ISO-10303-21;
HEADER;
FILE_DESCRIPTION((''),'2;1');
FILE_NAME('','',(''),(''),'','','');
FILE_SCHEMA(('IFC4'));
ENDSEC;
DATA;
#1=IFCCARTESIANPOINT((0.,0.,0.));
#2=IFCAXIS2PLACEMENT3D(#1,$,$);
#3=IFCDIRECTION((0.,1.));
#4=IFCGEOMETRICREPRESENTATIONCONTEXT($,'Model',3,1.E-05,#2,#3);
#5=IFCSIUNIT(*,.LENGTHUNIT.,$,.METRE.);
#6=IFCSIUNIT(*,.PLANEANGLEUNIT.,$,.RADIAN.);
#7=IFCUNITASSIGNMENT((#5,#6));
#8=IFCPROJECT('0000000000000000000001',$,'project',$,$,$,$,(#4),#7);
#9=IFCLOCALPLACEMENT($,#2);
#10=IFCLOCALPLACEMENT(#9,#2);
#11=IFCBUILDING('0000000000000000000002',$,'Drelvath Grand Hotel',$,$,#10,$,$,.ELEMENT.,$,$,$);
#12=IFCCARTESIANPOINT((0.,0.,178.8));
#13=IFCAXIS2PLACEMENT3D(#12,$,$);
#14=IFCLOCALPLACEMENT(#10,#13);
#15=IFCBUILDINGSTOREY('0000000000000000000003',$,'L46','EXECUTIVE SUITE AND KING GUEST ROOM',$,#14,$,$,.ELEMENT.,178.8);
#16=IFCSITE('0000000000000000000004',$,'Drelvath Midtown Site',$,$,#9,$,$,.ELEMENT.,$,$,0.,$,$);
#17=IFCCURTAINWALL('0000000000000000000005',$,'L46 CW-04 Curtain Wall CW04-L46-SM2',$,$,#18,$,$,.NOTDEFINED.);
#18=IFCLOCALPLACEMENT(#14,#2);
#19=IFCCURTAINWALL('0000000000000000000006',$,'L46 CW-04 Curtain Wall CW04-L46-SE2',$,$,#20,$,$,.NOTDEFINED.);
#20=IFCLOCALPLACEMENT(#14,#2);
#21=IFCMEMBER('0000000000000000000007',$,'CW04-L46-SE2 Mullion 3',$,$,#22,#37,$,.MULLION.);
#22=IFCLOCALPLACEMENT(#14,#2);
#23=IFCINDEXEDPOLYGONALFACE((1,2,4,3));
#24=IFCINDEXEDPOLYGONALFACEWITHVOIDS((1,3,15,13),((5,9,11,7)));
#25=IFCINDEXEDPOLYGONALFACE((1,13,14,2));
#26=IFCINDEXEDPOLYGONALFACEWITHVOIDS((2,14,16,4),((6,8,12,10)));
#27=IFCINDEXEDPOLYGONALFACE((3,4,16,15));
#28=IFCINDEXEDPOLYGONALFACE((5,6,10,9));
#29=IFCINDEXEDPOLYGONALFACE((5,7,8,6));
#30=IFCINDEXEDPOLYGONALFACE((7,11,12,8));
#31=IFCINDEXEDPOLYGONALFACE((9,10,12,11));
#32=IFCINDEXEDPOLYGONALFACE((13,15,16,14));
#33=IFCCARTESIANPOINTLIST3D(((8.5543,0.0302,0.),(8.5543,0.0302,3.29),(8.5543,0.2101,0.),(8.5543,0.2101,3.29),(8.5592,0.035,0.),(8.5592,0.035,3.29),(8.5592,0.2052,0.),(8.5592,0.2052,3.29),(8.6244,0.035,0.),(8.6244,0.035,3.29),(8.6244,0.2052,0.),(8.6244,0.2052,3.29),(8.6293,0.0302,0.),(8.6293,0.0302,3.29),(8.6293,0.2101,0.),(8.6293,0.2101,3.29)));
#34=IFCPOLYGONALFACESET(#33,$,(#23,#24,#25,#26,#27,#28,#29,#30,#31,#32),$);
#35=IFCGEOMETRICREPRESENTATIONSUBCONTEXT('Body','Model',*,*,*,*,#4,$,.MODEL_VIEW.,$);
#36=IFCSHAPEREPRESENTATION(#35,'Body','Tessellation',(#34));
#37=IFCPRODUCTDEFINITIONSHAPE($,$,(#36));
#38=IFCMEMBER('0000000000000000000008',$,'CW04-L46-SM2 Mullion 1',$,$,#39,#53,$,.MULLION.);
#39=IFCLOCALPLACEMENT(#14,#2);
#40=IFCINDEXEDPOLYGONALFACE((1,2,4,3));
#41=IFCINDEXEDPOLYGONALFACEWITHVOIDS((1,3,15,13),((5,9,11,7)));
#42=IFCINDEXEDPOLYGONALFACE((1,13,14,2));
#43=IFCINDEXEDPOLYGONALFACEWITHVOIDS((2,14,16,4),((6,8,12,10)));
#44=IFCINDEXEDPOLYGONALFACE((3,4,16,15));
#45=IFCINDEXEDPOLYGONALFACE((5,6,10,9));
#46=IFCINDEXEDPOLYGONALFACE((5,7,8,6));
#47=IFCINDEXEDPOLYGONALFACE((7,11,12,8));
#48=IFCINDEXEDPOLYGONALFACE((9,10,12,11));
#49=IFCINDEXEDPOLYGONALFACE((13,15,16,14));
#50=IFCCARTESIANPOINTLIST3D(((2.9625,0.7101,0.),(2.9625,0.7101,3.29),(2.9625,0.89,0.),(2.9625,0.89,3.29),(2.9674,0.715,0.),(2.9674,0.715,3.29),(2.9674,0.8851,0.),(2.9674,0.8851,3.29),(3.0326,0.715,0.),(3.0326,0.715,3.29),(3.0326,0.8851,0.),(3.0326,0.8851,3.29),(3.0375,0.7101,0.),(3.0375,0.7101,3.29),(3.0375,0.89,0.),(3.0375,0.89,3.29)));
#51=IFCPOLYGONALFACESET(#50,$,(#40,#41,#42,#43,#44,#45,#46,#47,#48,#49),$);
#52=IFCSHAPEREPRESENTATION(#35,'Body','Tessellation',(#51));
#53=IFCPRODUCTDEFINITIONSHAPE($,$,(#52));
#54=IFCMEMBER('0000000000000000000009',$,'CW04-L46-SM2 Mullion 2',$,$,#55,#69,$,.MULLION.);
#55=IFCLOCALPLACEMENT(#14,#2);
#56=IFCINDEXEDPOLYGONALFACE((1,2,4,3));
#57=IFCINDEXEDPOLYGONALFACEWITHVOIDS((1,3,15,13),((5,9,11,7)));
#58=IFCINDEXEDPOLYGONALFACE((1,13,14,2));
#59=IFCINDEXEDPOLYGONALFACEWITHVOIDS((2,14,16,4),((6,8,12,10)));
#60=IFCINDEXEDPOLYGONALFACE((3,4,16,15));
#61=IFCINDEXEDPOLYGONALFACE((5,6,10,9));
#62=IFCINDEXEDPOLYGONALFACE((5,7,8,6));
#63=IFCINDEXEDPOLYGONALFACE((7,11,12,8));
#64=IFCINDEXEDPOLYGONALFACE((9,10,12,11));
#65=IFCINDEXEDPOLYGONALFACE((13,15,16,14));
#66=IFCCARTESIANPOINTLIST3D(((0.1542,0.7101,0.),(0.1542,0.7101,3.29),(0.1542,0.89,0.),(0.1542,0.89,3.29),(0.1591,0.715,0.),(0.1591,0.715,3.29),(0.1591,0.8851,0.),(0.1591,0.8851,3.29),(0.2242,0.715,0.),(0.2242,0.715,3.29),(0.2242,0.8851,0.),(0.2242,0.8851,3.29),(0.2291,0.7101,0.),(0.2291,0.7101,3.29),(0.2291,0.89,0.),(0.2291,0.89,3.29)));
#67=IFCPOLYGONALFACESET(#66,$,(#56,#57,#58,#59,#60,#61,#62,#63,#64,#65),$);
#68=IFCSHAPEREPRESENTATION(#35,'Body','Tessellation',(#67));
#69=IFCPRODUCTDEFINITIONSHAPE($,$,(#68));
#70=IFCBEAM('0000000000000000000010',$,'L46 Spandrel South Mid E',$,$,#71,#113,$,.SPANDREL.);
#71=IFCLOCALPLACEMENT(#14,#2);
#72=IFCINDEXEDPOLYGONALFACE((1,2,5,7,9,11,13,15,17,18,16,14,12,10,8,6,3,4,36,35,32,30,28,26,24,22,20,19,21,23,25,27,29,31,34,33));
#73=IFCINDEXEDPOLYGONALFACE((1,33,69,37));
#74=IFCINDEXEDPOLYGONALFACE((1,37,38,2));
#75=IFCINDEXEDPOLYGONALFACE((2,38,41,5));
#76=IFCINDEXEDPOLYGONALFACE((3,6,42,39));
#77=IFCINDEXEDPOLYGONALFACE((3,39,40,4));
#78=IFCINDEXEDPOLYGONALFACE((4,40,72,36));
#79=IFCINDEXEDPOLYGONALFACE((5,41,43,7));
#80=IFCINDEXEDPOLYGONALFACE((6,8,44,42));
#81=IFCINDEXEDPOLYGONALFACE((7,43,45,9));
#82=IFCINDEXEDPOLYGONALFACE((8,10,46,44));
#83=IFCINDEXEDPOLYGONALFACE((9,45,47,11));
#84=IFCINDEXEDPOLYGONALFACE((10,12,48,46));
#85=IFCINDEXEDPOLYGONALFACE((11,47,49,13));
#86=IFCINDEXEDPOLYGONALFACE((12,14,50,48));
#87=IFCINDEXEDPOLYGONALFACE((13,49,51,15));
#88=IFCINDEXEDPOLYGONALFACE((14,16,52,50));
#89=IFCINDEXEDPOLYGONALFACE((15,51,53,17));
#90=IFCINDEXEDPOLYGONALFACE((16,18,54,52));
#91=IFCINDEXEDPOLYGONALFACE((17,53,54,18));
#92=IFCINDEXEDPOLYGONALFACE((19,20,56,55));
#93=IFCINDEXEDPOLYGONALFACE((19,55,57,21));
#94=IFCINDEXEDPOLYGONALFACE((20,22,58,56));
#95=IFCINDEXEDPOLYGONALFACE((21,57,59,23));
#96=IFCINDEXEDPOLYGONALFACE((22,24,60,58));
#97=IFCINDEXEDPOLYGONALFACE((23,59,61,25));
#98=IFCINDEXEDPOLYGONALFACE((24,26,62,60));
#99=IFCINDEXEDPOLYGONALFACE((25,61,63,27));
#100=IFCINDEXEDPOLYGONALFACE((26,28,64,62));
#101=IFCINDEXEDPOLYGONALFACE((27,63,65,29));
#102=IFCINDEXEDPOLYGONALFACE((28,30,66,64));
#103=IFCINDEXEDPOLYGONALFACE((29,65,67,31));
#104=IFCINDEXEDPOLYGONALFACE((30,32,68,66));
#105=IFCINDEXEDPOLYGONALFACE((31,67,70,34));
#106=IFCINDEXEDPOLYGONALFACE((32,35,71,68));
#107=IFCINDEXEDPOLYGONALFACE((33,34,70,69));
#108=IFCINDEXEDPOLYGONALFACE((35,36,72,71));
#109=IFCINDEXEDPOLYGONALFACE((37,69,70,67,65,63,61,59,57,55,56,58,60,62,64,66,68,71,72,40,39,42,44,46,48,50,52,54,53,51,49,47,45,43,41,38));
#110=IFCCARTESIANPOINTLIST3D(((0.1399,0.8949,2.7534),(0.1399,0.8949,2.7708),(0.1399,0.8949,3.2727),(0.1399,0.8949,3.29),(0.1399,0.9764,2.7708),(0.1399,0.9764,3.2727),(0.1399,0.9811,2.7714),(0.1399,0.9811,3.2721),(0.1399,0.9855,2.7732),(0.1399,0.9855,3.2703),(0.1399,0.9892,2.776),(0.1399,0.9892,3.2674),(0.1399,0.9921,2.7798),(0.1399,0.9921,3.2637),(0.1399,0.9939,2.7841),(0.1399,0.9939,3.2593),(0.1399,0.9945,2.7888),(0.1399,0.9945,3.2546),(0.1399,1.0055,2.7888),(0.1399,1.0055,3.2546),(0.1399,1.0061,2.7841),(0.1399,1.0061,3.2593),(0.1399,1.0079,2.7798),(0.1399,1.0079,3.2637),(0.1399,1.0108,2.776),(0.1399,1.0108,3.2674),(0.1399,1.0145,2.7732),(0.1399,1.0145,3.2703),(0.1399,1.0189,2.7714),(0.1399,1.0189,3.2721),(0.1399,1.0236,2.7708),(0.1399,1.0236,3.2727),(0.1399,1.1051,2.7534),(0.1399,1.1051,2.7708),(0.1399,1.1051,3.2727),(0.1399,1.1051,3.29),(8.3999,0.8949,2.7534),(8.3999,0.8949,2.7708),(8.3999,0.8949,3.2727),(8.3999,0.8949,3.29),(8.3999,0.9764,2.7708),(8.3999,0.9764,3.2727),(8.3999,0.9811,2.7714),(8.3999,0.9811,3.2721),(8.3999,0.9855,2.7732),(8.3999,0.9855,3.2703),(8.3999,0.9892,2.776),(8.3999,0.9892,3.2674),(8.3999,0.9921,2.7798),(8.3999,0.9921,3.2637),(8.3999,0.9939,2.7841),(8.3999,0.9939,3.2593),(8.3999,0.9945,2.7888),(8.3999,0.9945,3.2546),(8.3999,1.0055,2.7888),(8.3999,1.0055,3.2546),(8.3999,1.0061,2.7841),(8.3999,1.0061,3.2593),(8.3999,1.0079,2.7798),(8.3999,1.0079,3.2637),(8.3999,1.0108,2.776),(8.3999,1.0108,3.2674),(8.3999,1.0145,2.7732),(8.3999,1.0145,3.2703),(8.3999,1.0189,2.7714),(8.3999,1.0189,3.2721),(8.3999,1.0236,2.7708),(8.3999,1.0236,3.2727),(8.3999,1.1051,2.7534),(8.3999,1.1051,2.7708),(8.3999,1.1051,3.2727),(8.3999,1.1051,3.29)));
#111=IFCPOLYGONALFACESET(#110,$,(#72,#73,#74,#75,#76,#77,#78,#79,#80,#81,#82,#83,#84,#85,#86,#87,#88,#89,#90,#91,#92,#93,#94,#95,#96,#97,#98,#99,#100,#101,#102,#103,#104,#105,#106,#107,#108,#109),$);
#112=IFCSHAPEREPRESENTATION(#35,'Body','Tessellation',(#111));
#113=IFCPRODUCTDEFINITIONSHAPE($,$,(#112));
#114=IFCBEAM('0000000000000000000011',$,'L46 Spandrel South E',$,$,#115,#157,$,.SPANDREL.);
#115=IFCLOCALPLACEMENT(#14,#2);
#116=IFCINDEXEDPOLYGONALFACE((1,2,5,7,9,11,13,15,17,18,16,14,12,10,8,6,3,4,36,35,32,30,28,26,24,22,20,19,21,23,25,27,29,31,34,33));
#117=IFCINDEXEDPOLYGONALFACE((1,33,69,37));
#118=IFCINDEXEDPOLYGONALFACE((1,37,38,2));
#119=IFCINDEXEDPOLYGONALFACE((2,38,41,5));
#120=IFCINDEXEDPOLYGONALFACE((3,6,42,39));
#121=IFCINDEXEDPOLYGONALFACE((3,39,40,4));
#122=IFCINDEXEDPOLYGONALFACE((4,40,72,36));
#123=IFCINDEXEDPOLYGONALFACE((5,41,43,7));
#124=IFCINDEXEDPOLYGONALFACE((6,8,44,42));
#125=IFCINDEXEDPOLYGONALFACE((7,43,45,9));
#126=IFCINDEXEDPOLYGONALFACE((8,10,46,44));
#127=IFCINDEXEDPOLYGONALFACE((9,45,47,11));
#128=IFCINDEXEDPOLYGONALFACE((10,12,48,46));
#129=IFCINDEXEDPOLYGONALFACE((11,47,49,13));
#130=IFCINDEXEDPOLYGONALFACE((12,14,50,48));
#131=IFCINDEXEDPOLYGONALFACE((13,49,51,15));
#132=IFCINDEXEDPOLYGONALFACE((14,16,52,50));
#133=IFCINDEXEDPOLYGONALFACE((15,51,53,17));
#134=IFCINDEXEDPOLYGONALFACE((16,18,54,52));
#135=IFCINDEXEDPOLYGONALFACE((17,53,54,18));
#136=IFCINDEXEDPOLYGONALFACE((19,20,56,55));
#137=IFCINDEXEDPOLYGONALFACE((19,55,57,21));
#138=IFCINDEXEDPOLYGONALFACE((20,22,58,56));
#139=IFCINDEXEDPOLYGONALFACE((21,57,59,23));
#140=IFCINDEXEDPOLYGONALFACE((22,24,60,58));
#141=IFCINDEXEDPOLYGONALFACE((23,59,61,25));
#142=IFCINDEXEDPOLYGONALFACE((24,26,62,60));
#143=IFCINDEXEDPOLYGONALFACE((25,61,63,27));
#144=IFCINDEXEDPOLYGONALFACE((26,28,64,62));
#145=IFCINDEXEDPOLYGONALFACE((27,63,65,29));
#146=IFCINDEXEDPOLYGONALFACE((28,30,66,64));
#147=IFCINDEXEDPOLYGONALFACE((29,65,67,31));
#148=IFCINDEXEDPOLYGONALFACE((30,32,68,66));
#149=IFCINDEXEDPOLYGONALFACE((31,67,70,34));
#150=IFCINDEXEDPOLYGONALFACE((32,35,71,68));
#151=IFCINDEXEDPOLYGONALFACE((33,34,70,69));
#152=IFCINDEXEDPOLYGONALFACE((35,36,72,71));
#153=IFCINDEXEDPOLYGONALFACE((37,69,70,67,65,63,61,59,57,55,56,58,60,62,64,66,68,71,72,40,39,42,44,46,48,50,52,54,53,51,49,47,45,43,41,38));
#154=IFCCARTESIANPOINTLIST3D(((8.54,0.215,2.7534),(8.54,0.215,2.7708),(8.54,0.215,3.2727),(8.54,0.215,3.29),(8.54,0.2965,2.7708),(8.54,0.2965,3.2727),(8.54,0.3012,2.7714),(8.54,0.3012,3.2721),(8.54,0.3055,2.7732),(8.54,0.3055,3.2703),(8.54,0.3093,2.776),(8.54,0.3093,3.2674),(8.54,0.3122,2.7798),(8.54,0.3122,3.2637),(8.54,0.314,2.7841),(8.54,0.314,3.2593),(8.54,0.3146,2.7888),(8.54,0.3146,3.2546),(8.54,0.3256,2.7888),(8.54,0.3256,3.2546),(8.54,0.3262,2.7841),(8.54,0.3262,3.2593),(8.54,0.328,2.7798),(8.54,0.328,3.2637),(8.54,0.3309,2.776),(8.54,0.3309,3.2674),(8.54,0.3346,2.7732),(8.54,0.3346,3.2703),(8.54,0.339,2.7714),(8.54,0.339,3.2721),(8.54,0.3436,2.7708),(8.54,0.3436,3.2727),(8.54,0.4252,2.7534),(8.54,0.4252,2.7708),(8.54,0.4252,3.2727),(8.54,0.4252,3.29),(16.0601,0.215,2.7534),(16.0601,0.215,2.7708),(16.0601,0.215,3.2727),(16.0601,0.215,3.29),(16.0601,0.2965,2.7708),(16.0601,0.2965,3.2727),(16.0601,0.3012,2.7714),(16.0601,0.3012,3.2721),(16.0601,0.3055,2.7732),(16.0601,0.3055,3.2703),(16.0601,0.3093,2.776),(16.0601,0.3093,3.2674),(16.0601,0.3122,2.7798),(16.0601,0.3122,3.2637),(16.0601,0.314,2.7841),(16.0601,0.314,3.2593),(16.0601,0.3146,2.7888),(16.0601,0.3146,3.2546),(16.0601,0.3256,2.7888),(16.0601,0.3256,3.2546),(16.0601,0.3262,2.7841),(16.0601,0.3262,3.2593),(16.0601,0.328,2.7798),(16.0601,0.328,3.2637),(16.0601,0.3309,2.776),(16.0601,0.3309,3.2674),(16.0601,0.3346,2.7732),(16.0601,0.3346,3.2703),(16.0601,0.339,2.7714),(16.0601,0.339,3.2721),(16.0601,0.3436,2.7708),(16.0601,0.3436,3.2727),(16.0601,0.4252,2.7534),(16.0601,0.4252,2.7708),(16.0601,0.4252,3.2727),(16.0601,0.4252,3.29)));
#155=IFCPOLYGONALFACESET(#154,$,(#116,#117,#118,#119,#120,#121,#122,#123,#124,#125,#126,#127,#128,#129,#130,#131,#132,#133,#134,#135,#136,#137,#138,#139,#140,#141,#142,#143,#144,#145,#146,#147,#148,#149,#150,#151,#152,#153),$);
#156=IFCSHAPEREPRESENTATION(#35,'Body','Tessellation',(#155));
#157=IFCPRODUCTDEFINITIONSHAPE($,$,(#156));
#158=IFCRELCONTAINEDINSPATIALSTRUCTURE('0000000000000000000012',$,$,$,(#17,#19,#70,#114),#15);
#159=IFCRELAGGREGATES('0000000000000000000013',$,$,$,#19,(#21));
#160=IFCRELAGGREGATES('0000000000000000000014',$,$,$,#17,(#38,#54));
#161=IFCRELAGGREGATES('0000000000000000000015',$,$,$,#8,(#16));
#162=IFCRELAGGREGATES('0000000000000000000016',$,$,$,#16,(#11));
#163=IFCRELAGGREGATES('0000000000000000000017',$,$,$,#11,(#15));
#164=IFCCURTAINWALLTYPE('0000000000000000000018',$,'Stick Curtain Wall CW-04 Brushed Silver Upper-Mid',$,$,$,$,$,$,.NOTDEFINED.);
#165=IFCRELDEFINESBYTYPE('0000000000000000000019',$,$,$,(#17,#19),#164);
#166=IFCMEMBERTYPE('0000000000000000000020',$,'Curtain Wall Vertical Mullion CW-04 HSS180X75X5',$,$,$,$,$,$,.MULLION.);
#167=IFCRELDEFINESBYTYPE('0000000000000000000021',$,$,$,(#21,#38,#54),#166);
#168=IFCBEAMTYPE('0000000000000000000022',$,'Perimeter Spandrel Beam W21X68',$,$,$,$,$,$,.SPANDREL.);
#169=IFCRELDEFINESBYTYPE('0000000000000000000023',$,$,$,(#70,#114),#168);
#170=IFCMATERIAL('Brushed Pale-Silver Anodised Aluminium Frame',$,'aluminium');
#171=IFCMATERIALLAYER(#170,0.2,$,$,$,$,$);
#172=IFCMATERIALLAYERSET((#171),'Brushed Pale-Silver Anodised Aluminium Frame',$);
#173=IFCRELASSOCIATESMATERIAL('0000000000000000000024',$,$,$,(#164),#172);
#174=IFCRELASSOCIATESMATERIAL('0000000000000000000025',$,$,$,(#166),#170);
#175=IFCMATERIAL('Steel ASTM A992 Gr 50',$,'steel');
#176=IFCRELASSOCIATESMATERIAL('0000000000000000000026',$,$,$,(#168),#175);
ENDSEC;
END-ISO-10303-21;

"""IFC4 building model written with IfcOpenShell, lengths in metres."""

from ifc_helpers import new_model, si_unit, direction, frame, origin, origin_2d, place, context, subcontext, project, spatial, hollow_rectangle, i_section, extrude, material, layer, layer_set, material_profile, profile_set, type_object, element, aggregate, save


model = new_model("IFC4")

# Units and contexts
model_context = context("Model", 3, precision=1e-05, world=origin(), true_north=direction((0.0, 1.0)))
body_context = subcontext(model_context, "Body", "Model", "MODEL_VIEW")
ifc_project = project(units=[si_unit("LENGTHUNIT", "METRE"), si_unit("PLANEANGLEUNIT", "RADIAN")], contexts=[model_context])

# Site, building, storey
site_placement = place(None, origin())
site = spatial("IfcSite", under=ifc_project, at=site_placement, Name="Drelvath Midtown Site", CompositionType="ELEMENT", RefElevation=0.0)
building_placement = place(site_placement, origin())
building = spatial("IfcBuilding", under=site, at=building_placement, Name="Drelvath Grand Hotel", CompositionType="ELEMENT")
storey_placement = place(building_placement, frame((0.0, 0.0, 178.8)))
storey = spatial("IfcBuildingStorey", under=building, at=storey_placement, Name="L46", Description="EXECUTIVE SUITE AND KING GUEST ROOM", CompositionType="ELEMENT", Elevation=178.8)

# Curtain wall
ifc_material_1 = material(Name="Brushed Pale-Silver Anodised Aluminium Frame", Category="aluminium")
ifc_layer_1 = layer(ifc_material_1, 0.2)
ifc_layer_set_1 = layer_set([ifc_layer_1], Name="Brushed Pale-Silver Anodised Aluminium Frame")
curtain_wall_type = type_object("IfcCurtainWallType", Name="Stick Curtain Wall CW-04 Brushed Silver Upper-Mid", PredefinedType="NOTDEFINED", material=ifc_layer_set_1)
curtain_wall_1_placement = place(storey_placement, origin())
curtain_wall_1 = element("IfcCurtainWall", 1, at=curtain_wall_1_placement, inside=storey, type_object=curtain_wall_type, Name="L46 CW-04 Curtain Wall CW04-L46-SM2", PredefinedType="NOTDEFINED")

# Shared definitions
ifc_material_profile_1 = material_profile(ifc_material_1, hollow_rectangle(XDim=0.075, YDim=0.1799, WallThickness=0.0049, at=origin_2d()), Name="HSS180X75X5")
ifc_profile_set_1 = profile_set([ifc_material_profile_1], Name="Brushed Pale-Silver Anodised Aluminium Frame")
member_type_1 = type_object("IfcMemberType", Name="Curtain Wall Vertical Mullion CW-04 HSS180X75X5", PredefinedType="MULLION", material=ifc_profile_set_1)

# Curtain wall, member
curtain_wall_2_placement = place(storey_placement, origin())
curtain_wall_2 = element("IfcCurtainWall", 2, at=curtain_wall_2_placement, inside=storey, type_object=curtain_wall_type, Name="L46 CW-04 Curtain Wall CW04-L46-SE2", PredefinedType="NOTDEFINED")
member_1_placement = place(storey_placement, frame((8.5918, 0.1201, 0.0), z_axis=(0.0, 0.0, 1.0), x_axis=(1.0, 0.0, 0.0)))
member_1 = element("IfcMember", 3, at=member_1_placement, type_object=member_type_1, Name="CW04-L46-SE2 Mullion 3", PredefinedType="MULLION", context=body_context, shape_type="SweptSolid", body=[
    extrude(hollow_rectangle(XDim=0.075, YDim=0.1799, WallThickness=0.0049, at=origin_2d()), origin(), (0.0, 0.0, 1.0), 3.29),
])
aggregate(curtain_wall_2, [member_1])

# Members
member_2_placement = place(storey_placement, frame((3.0, 0.8, 0.0), z_axis=(0.0, 0.0, 1.0), x_axis=(1.0, 0.0, 0.0)))
member_2 = element("IfcMember", 4, at=member_2_placement, type_object=member_type_1, Name="CW04-L46-SM2 Mullion 1", PredefinedType="MULLION", context=body_context, shape_type="SweptSolid", body=[
    extrude(hollow_rectangle(XDim=0.075, YDim=0.1799, WallThickness=0.0049, at=origin_2d()), origin(), (0.0, 0.0, 1.0), 3.29),
])
member_3_placement = place(storey_placement, frame((0.1917, 0.8, 0.0), z_axis=(0.0, 0.0, 1.0), x_axis=(1.0, 0.0, 0.0)))
member_3 = element("IfcMember", 5, at=member_3_placement, type_object=member_type_1, Name="CW04-L46-SM2 Mullion 2", PredefinedType="MULLION", context=body_context, shape_type="SweptSolid", body=[
    extrude(hollow_rectangle(XDim=0.075, YDim=0.1799, WallThickness=0.0049, at=origin_2d()), origin(), (0.0, 0.0, 1.0), 3.29),
])

# Beams
ifc_material_2 = material(Name="Steel ASTM A992 Gr 50", Category="steel")
ifc_material_profile_2 = material_profile(ifc_material_2, i_section(OverallWidth=0.2102, OverallDepth=0.5366, WebThickness=0.011, FlangeThickness=0.0173, FilletRadius=0.0181, at=origin_2d()), Name="W21X68")
ifc_profile_set_2 = profile_set([ifc_material_profile_2], Name="Steel ASTM A992 Gr 50")
beam_type_1 = type_object("IfcBeamType", Name="Perimeter Spandrel Beam W21X68", PredefinedType="SPANDREL", material=ifc_profile_set_2)
beam_1_placement = place(storey_placement, frame((0.1399, 1.0, 3.0217), z_axis=(1.0, 0.0, 0.0), x_axis=(0.0, 1.0, 0.0)))
element("IfcBeam", 6, at=beam_1_placement, inside=storey, type_object=beam_type_1, Name="L46 Spandrel South Mid E", PredefinedType="SPANDREL", context=body_context, shape_type="SweptSolid", body=[
    extrude(i_section(OverallWidth=0.2102, OverallDepth=0.5366, WebThickness=0.011, FlangeThickness=0.0173, FilletRadius=0.0181, at=origin_2d()), origin(), (0.0, 0.0, 1.0), 8.26),
])
beam_2_placement = place(storey_placement, frame((8.54, 0.3201, 3.0217), z_axis=(1.0, 0.0, 0.0), x_axis=(0.0, 1.0, 0.0)))
element("IfcBeam", 7, at=beam_2_placement, inside=storey, type_object=beam_type_1, Name="L46 Spandrel South E", PredefinedType="SPANDREL", context=body_context, shape_type="SweptSolid", body=[
    extrude(i_section(OverallWidth=0.2102, OverallDepth=0.5366, WebThickness=0.011, FlangeThickness=0.0173, FilletRadius=0.0181, at=origin_2d()), origin(), (0.0, 0.0, 1.0), 7.52),
])

aggregate(curtain_wall_1, [member_2, member_3])

save(model, "model.ifc")
